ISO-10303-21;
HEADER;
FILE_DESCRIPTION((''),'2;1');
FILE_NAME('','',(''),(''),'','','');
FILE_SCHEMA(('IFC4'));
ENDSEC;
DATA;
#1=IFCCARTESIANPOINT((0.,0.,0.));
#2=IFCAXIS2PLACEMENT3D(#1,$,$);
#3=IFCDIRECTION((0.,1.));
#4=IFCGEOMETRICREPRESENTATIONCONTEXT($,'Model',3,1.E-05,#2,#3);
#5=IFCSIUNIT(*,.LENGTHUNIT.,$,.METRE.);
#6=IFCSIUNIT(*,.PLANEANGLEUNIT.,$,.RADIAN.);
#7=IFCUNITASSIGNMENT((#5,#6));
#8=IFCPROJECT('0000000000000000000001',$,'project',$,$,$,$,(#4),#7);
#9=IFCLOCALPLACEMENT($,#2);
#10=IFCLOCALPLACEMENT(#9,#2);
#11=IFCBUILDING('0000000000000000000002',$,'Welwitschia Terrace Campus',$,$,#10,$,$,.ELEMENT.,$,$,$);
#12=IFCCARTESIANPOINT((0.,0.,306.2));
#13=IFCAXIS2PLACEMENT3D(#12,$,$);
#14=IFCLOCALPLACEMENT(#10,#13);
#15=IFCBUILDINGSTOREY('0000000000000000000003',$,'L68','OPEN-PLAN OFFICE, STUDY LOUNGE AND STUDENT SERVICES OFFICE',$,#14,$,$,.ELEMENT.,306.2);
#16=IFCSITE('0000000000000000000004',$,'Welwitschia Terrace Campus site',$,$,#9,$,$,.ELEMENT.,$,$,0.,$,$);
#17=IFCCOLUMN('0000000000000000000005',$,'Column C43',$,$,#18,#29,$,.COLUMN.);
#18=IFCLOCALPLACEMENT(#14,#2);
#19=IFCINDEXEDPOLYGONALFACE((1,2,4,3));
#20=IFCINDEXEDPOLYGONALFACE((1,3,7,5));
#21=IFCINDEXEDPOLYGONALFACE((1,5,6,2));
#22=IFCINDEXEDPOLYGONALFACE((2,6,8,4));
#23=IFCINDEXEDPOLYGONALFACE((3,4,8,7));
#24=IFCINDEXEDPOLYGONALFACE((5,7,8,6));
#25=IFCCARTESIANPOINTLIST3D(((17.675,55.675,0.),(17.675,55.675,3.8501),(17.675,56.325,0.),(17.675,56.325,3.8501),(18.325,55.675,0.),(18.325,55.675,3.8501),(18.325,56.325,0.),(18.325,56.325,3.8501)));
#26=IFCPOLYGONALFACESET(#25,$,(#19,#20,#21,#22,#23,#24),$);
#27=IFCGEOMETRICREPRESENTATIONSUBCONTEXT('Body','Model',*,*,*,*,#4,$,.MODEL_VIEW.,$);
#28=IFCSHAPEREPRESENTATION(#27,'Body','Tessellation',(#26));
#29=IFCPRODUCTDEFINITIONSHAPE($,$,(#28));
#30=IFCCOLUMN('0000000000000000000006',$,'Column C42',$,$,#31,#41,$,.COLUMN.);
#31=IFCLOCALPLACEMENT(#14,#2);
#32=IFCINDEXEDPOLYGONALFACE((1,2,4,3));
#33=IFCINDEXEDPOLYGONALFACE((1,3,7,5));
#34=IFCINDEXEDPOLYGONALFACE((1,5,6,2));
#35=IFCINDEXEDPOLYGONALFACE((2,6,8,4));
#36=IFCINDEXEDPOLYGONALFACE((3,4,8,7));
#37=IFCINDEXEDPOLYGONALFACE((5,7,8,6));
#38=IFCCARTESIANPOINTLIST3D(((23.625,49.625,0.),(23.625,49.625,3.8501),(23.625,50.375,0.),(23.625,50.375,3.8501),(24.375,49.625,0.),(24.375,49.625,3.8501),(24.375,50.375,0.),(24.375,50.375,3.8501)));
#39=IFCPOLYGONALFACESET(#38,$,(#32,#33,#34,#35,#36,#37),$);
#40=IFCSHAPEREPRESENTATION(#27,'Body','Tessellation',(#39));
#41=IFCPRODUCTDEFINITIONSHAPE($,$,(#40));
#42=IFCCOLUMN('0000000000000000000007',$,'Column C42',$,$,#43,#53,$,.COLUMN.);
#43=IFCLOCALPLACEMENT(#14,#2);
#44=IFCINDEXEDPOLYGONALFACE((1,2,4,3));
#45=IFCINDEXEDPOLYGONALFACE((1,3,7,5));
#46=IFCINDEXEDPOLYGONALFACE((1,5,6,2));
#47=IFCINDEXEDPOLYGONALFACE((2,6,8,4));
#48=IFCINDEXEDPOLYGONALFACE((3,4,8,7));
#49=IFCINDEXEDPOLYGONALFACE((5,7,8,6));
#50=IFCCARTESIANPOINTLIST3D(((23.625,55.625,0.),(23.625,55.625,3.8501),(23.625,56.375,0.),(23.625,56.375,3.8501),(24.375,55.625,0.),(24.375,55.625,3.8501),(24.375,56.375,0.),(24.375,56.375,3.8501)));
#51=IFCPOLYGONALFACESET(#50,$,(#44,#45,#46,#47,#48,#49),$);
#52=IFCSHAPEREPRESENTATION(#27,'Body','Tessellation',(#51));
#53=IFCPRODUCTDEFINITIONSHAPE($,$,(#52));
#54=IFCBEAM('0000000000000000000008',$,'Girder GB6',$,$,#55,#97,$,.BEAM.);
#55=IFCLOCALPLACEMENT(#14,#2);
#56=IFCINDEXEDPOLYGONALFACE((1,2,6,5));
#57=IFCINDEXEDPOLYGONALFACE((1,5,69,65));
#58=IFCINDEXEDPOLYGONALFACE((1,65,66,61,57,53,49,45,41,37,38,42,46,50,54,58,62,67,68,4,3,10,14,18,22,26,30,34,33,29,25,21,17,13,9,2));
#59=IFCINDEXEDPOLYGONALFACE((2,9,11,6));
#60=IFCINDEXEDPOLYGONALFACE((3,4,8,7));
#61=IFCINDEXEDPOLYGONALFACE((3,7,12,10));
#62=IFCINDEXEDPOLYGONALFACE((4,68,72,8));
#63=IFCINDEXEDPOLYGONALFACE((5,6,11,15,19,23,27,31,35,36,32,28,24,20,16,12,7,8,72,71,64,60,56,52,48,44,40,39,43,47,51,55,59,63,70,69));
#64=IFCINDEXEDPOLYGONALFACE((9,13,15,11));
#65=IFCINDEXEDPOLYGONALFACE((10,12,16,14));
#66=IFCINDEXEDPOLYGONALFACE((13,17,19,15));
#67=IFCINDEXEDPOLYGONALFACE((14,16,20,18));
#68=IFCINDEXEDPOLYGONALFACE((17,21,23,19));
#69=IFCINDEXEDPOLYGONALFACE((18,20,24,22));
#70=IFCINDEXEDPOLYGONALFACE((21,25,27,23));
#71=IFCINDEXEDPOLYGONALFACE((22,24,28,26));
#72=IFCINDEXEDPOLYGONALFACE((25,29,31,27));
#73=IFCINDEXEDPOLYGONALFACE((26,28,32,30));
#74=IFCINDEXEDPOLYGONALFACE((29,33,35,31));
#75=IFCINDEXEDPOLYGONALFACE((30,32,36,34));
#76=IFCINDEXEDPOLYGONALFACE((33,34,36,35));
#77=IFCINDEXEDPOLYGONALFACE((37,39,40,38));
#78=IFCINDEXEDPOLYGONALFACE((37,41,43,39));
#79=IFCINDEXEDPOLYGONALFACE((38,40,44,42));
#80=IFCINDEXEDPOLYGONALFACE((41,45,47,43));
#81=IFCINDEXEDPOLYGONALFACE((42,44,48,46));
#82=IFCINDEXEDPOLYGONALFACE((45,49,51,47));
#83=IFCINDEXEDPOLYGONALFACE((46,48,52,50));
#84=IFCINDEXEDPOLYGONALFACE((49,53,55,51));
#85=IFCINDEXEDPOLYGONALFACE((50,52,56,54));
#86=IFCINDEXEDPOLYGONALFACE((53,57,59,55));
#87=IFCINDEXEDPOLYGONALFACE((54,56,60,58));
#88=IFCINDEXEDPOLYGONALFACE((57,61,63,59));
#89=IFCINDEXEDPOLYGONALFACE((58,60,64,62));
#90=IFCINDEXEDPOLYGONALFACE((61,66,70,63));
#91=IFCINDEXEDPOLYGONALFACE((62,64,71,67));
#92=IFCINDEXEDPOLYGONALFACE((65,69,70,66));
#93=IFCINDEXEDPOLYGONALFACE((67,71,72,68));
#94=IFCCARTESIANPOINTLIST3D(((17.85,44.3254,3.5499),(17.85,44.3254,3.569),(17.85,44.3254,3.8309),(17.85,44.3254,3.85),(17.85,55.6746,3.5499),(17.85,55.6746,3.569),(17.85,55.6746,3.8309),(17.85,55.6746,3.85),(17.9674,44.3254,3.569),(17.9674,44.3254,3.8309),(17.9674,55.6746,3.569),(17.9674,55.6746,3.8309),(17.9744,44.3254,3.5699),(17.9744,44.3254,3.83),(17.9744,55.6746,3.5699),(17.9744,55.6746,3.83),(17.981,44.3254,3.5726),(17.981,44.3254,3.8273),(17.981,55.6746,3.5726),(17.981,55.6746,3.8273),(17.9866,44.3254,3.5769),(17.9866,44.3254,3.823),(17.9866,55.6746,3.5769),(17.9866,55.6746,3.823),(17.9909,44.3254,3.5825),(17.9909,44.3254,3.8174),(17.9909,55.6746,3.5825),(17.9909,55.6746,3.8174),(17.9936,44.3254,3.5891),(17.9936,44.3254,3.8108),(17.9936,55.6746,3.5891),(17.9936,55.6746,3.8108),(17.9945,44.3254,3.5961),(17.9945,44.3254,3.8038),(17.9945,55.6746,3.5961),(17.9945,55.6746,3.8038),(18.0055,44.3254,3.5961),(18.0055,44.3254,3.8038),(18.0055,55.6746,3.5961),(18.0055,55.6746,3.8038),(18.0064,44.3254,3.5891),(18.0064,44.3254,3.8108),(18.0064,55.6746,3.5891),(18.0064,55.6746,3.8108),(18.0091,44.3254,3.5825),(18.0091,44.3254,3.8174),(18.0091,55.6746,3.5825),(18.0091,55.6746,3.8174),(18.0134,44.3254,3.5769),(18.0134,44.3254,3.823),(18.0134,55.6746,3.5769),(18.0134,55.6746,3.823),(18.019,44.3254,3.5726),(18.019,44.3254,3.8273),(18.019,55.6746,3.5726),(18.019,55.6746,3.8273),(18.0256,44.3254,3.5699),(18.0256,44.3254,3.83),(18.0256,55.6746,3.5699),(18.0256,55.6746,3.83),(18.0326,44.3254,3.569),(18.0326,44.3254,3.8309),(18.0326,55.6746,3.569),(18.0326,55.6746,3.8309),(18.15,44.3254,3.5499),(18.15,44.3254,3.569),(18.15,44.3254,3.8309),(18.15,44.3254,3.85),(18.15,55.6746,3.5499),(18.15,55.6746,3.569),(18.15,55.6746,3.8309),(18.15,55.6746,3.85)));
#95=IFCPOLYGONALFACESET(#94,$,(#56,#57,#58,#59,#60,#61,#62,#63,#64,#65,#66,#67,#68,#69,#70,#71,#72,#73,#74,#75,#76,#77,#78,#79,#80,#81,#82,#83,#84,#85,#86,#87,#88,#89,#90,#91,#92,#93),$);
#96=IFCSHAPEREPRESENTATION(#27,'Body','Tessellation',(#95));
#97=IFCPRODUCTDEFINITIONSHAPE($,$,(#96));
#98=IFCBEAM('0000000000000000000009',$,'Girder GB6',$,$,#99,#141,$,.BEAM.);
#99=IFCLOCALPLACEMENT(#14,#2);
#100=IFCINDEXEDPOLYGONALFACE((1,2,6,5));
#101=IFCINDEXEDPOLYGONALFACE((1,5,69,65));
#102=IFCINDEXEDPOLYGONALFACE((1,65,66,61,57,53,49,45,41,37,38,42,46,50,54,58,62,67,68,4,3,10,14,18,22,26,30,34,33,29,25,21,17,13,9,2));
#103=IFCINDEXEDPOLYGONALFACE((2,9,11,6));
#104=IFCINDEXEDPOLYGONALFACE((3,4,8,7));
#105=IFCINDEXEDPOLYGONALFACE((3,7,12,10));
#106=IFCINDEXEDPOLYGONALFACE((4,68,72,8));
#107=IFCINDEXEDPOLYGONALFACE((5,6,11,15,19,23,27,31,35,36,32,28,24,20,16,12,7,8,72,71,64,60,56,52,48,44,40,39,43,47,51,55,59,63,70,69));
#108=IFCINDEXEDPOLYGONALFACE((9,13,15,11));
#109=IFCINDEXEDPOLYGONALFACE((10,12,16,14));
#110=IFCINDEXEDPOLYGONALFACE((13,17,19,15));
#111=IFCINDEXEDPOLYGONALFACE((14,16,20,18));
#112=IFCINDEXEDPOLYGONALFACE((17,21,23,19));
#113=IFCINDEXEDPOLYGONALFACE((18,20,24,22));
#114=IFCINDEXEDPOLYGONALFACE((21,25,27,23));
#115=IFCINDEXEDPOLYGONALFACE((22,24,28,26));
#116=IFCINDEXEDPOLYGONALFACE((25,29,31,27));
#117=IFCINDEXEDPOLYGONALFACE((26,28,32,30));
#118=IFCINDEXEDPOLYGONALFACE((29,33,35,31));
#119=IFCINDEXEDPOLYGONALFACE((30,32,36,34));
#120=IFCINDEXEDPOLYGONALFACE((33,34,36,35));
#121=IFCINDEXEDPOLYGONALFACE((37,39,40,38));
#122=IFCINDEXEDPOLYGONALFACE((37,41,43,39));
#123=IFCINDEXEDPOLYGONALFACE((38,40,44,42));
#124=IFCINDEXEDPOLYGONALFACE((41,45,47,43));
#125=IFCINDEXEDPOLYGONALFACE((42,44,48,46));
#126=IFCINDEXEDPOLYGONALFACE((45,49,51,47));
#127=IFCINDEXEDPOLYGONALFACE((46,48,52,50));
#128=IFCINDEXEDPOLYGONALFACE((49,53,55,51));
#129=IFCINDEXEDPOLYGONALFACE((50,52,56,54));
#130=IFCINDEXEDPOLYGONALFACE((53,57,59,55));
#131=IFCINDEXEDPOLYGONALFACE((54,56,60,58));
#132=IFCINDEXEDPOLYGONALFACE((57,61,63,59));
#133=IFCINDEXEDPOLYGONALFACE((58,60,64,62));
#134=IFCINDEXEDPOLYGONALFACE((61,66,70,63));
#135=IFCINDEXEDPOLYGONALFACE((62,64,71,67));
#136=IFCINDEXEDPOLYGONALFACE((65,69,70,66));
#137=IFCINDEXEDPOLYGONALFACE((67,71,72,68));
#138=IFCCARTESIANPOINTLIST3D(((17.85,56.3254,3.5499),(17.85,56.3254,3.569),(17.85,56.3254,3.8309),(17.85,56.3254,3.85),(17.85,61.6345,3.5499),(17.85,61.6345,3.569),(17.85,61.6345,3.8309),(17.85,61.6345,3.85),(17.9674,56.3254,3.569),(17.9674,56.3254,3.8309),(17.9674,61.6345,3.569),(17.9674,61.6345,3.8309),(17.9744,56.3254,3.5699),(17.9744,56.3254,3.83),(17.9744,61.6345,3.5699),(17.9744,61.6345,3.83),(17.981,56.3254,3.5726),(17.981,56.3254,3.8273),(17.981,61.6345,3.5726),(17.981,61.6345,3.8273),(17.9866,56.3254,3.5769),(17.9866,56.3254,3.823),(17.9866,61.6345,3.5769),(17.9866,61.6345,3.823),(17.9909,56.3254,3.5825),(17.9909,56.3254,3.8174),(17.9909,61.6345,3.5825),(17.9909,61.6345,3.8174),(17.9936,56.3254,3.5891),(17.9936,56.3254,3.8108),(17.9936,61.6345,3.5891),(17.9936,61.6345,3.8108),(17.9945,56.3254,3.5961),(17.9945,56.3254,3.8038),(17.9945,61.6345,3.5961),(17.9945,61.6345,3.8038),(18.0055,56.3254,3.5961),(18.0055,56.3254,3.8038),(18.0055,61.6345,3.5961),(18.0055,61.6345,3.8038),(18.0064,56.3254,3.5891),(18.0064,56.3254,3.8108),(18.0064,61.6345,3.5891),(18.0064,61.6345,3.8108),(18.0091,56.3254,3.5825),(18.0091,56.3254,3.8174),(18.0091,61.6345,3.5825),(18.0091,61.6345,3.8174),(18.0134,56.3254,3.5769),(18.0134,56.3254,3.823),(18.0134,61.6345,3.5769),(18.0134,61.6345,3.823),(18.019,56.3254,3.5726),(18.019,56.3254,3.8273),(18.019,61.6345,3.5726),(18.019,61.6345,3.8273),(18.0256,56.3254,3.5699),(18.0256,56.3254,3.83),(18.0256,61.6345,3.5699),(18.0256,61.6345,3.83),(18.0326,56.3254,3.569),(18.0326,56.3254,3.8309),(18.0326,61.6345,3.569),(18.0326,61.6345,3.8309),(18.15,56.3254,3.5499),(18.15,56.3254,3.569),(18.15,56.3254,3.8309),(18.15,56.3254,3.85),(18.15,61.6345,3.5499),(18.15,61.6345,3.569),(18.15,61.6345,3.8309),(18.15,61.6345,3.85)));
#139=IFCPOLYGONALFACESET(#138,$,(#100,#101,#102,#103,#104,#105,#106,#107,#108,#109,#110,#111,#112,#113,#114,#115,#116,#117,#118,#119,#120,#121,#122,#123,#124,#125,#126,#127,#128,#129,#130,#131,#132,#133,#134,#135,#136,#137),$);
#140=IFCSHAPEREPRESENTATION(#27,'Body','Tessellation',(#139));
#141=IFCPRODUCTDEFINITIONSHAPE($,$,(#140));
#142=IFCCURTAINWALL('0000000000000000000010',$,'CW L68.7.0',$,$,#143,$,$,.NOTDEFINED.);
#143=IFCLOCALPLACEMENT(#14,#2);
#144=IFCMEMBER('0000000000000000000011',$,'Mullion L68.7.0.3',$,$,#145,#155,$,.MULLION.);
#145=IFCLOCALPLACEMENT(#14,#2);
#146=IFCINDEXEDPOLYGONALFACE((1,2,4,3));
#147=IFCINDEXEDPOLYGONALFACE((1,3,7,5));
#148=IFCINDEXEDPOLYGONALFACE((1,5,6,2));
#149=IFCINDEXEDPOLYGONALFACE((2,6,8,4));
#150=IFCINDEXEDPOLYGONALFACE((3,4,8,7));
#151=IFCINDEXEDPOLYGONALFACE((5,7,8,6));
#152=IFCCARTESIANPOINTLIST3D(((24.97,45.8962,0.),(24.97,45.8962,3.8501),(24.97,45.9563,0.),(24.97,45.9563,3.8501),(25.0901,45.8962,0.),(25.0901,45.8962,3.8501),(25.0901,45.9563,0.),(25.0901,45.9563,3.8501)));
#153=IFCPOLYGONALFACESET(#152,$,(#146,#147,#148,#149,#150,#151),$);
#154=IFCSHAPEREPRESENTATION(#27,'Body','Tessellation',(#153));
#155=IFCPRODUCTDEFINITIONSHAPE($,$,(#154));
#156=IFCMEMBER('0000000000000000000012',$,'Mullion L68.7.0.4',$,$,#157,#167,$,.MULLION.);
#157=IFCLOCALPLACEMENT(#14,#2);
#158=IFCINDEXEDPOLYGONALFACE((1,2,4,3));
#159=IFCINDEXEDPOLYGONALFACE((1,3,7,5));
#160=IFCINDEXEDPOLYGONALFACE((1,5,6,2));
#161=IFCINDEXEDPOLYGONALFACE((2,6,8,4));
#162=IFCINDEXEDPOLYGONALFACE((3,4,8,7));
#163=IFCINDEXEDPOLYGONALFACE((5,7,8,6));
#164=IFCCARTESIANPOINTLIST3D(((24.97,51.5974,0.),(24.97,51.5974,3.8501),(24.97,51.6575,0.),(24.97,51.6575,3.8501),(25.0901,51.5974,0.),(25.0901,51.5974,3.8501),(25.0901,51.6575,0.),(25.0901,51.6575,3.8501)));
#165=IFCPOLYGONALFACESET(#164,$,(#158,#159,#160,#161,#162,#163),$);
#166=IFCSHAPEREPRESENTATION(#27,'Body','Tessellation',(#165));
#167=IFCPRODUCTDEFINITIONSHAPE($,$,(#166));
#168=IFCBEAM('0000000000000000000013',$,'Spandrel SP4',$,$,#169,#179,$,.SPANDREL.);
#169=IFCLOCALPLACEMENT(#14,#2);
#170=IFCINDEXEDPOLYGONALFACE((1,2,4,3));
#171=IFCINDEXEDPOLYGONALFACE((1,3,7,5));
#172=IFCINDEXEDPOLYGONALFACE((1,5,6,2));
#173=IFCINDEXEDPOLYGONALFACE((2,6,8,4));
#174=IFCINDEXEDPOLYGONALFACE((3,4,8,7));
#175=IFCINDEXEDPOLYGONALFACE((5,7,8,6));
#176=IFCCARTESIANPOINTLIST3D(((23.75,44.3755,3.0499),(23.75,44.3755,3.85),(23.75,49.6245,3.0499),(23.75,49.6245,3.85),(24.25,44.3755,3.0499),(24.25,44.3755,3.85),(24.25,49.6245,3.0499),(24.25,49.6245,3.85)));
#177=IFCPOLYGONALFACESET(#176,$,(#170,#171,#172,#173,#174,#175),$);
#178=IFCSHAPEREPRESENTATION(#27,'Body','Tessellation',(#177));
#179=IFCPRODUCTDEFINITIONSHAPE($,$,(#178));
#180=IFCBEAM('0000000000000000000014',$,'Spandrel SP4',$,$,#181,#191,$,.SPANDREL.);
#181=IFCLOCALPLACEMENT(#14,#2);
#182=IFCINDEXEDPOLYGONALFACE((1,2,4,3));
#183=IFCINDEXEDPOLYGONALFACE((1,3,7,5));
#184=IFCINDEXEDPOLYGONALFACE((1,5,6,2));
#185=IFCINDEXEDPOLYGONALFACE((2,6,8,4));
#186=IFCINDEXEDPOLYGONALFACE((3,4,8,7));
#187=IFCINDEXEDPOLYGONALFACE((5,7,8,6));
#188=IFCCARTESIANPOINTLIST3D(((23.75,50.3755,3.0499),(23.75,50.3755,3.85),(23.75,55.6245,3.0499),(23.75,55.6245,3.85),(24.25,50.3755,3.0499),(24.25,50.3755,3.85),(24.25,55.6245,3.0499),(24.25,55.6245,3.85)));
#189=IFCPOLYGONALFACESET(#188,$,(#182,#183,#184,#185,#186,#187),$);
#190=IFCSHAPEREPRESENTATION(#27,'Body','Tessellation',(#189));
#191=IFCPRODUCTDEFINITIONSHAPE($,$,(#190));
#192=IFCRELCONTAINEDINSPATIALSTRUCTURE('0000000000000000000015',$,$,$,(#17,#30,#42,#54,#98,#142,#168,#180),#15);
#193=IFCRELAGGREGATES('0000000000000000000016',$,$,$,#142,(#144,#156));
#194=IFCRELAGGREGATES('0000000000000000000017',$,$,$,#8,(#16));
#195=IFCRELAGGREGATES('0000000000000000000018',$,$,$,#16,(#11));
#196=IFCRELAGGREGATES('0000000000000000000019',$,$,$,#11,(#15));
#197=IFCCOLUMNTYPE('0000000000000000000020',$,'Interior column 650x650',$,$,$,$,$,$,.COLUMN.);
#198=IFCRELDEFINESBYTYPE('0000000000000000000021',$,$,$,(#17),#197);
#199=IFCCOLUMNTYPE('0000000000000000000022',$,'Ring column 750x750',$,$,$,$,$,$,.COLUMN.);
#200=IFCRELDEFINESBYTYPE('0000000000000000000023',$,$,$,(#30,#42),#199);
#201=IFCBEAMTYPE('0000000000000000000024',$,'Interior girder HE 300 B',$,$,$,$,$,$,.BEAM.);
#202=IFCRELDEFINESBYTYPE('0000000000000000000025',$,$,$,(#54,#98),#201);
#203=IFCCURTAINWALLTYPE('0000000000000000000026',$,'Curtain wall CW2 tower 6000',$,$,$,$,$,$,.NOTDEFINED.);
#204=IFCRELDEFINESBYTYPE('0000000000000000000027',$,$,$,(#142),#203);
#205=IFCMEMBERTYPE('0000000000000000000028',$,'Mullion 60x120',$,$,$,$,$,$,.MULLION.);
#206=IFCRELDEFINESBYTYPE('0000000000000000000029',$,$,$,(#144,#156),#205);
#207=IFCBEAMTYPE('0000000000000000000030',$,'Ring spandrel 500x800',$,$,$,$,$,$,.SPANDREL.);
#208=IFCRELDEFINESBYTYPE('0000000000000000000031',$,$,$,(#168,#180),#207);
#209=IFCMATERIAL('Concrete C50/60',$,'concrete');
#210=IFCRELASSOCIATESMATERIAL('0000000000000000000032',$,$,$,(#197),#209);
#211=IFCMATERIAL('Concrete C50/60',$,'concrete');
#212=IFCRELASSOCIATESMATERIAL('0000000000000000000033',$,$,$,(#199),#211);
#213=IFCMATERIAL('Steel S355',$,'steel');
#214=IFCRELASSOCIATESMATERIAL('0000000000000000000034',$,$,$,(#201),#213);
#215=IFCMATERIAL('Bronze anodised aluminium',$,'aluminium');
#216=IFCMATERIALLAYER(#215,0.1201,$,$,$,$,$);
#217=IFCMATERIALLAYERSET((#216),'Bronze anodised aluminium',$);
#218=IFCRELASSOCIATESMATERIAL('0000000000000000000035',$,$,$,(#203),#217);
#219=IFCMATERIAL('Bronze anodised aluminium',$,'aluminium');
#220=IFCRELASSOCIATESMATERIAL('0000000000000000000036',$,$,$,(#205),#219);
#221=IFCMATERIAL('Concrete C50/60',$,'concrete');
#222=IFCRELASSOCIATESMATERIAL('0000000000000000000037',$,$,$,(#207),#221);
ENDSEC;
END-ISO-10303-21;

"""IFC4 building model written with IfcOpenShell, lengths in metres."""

from ifc_helpers import new_model, si_unit, direction, frame, origin, origin_2d, place, context, subcontext, project, spatial, rectangle, i_section, extrude, material, layer, layer_set, material_profile, profile_set, type_object, element, aggregate, save


model = new_model("IFC4")

# Units and contexts
model_context = context("Model", 3, precision=1e-05, world=origin(), true_north=direction((0.0, 1.0)))
body_context = subcontext(model_context, "Body", "Model", "MODEL_VIEW")
ifc_project = project(units=[si_unit("LENGTHUNIT", "METRE"), si_unit("PLANEANGLEUNIT", "RADIAN")], contexts=[model_context])

# Site, building, storey
site_placement = place(None, origin())
site = spatial("IfcSite", under=ifc_project, at=site_placement, Name="Welwitschia Terrace Campus site", CompositionType="ELEMENT", RefElevation=0.0)
building_placement = place(site_placement, origin())
building = spatial("IfcBuilding", under=site, at=building_placement, Name="Welwitschia Terrace Campus", CompositionType="ELEMENT")
storey_placement = place(building_placement, frame((0.0, 0.0, 306.2)))
storey = spatial("IfcBuildingStorey", under=building, at=storey_placement, Name="L68", Description="OPEN-PLAN OFFICE, STUDY LOUNGE AND STUDENT SERVICES OFFICE", CompositionType="ELEMENT", Elevation=306.2)

# Columns
ifc_material_1 = material(Name="Concrete C50/60", Category="concrete")
ifc_material_profile_1 = material_profile(ifc_material_1, rectangle(XDim=0.6499, YDim=0.6499, at=origin_2d()))
ifc_profile_set_1 = profile_set([ifc_material_profile_1], Name="Concrete C50/60")
column_type_1 = type_object("IfcColumnType", Name="Interior column 650x650", PredefinedType="COLUMN", material=ifc_profile_set_1)
column_placement = place(storey_placement, frame((18.0, 56.0, 0.0), z_axis=(0.0, 0.0, 1.0), x_axis=(1.0, 0.0, 0.0)))
element("IfcColumn", 1, at=column_placement, inside=storey, type_object=column_type_1, Name="Column C43", PredefinedType="COLUMN", context=body_context, shape_type="SweptSolid", body=[
    extrude(rectangle(XDim=0.6499, YDim=0.6499, at=origin_2d()), origin(), (0.0, 0.0, 1.0), 3.8501),
])
ifc_material_2 = material(Name="Concrete C50/60", Category="concrete")
ifc_material_profile_2 = material_profile(ifc_material_2, rectangle(XDim=0.75, YDim=0.75, at=origin_2d()))
ifc_profile_set_2 = profile_set([ifc_material_profile_2], Name="Concrete C50/60")
column_type_2 = type_object("IfcColumnType", Name="Ring column 750x750", PredefinedType="COLUMN", material=ifc_profile_set_2)
for number, where, z_axis, x_axis, name in (
    (2, (24.0, 50.0, 0.0), (0.0, 0.0, 1.0), (1.0, 0.0, 0.0), "Column C42"),
    (3, (24.0, 56.0, 0.0), (0.0, 0.0, 1.0), (1.0, 0.0, 0.0), "Column C42"),
):
    element("IfcColumn", number, at=place(storey_placement, frame(where, z_axis=z_axis, x_axis=x_axis)), inside=storey, type_object=column_type_2, Name=name, PredefinedType="COLUMN", context=body_context, shape_type="SweptSolid", body=[
        extrude(rectangle(XDim=0.75, YDim=0.75, at=origin_2d()), origin(), (0.0, 0.0, 1.0), 3.8501),
    ])

# Beams
ifc_material_3 = material(Name="Steel S355", Category="steel")
ifc_material_profile_3 = material_profile(ifc_material_3, i_section(OverallWidth=0.3, OverallDepth=0.3, WebThickness=0.011, FlangeThickness=0.019, FilletRadius=0.0271, at=origin_2d()))
ifc_profile_set_3 = profile_set([ifc_material_profile_3], Name="Steel S355")
beam_type_1 = type_object("IfcBeamType", Name="Interior girder HE 300 B", PredefinedType="BEAM", material=ifc_profile_set_3)
beam_1_placement = place(storey_placement, frame((18.0, 44.3254, 3.7), z_axis=(0.0, 1.0, 0.0), x_axis=(-1.0, 0.0, 0.0)))
element("IfcBeam", 4, at=beam_1_placement, inside=storey, type_object=beam_type_1, Name="Girder GB6", PredefinedType="BEAM", context=body_context, shape_type="SweptSolid", body=[
    extrude(i_section(OverallWidth=0.3, OverallDepth=0.3, WebThickness=0.011, FlangeThickness=0.019, FilletRadius=0.0271, at=origin_2d()), origin(), (0.0, 0.0, 1.0), 11.3491),
])
beam_2_placement = place(storey_placement, frame((18.0, 56.3254, 3.7), z_axis=(0.0, 1.0, 0.0), x_axis=(-1.0, 0.0, 0.0)))
element("IfcBeam", 5, at=beam_2_placement, inside=storey, type_object=beam_type_1, Name="Girder GB6", PredefinedType="BEAM", context=body_context, shape_type="SweptSolid", body=[
    extrude(i_section(OverallWidth=0.3, OverallDepth=0.3, WebThickness=0.011, FlangeThickness=0.019, FilletRadius=0.0271, at=origin_2d()), origin(), (0.0, 0.0, 1.0), 5.3091),
])

# Curtain wall, members
ifc_material_4 = material(Name="Bronze anodised aluminium", Category="aluminium")
ifc_layer_1 = layer(ifc_material_4, 0.1201)
ifc_layer_set_1 = layer_set([ifc_layer_1], Name="Bronze anodised aluminium")
curtain_wall_type = type_object("IfcCurtainWallType", Name="Curtain wall CW2 tower 6000", PredefinedType="NOTDEFINED", material=ifc_layer_set_1)
curtain_wall_placement = place(storey_placement, origin())
curtain_wall = element("IfcCurtainWall", 6, at=curtain_wall_placement, inside=storey, type_object=curtain_wall_type, Name="CW L68.7.0", PredefinedType="NOTDEFINED")
ifc_material_5 = material(Name="Bronze anodised aluminium", Category="aluminium")
ifc_material_profile_4 = material_profile(ifc_material_5, rectangle(XDim=0.1201, YDim=0.0601, at=origin_2d()))
ifc_profile_set_4 = profile_set([ifc_material_profile_4], Name="Bronze anodised aluminium")
member_type = type_object("IfcMemberType", Name="Mullion 60x120", PredefinedType="MULLION", material=ifc_profile_set_4)
member_1_placement = place(storey_placement, frame((25.03, 45.9263, 0.0), z_axis=(0.0, 0.0, 1.0), x_axis=(-1.0, 0.0, 0.0)))
member_1 = element("IfcMember", 7, at=member_1_placement, type_object=member_type, Name="Mullion L68.7.0.3", PredefinedType="MULLION", context=body_context, shape_type="SweptSolid", body=[
    extrude(rectangle(XDim=0.1201, YDim=0.0601, at=origin_2d()), origin(), (0.0, 0.0, 1.0), 3.8501),
])
member_2_placement = place(storey_placement, frame((25.03, 51.6274, 0.0), z_axis=(0.0, 0.0, 1.0), x_axis=(-1.0, 0.0, 0.0)))
member_2 = element("IfcMember", 8, at=member_2_placement, type_object=member_type, Name="Mullion L68.7.0.4", PredefinedType="MULLION", context=body_context, shape_type="SweptSolid", body=[
    extrude(rectangle(XDim=0.1201, YDim=0.0601, at=origin_2d()), origin(), (0.0, 0.0, 1.0), 3.8501),
])

# Beams
ifc_material_6 = material(Name="Concrete C50/60", Category="concrete")
ifc_material_profile_5 = material_profile(ifc_material_6, rectangle(XDim=0.5, YDim=0.8, at=origin_2d()))
ifc_profile_set_5 = profile_set([ifc_material_profile_5], Name="Concrete C50/60")
beam_type_2 = type_object("IfcBeamType", Name="Ring spandrel 500x800", PredefinedType="SPANDREL", material=ifc_profile_set_5)
for number, where, z_axis, x_axis, name in (
    (9, (24.0, 44.3755, 3.45), (0.0, 1.0, 0.0), (-1.0, 0.0, 0.0), "Spandrel SP4"),
    (10, (24.0, 50.3755, 3.45), (0.0, 1.0, 0.0), (-1.0, 0.0, 0.0), "Spandrel SP4"),
):
    element("IfcBeam", number, at=place(storey_placement, frame(where, z_axis=z_axis, x_axis=x_axis)), inside=storey, type_object=beam_type_2, Name=name, PredefinedType="SPANDREL", context=body_context, shape_type="SweptSolid", body=[
        extrude(rectangle(XDim=0.5, YDim=0.8, at=origin_2d()), origin(), (0.0, 0.0, 1.0), 5.249),
    ])

aggregate(curtain_wall, [member_1, member_2])

save(model, "model.ifc")
